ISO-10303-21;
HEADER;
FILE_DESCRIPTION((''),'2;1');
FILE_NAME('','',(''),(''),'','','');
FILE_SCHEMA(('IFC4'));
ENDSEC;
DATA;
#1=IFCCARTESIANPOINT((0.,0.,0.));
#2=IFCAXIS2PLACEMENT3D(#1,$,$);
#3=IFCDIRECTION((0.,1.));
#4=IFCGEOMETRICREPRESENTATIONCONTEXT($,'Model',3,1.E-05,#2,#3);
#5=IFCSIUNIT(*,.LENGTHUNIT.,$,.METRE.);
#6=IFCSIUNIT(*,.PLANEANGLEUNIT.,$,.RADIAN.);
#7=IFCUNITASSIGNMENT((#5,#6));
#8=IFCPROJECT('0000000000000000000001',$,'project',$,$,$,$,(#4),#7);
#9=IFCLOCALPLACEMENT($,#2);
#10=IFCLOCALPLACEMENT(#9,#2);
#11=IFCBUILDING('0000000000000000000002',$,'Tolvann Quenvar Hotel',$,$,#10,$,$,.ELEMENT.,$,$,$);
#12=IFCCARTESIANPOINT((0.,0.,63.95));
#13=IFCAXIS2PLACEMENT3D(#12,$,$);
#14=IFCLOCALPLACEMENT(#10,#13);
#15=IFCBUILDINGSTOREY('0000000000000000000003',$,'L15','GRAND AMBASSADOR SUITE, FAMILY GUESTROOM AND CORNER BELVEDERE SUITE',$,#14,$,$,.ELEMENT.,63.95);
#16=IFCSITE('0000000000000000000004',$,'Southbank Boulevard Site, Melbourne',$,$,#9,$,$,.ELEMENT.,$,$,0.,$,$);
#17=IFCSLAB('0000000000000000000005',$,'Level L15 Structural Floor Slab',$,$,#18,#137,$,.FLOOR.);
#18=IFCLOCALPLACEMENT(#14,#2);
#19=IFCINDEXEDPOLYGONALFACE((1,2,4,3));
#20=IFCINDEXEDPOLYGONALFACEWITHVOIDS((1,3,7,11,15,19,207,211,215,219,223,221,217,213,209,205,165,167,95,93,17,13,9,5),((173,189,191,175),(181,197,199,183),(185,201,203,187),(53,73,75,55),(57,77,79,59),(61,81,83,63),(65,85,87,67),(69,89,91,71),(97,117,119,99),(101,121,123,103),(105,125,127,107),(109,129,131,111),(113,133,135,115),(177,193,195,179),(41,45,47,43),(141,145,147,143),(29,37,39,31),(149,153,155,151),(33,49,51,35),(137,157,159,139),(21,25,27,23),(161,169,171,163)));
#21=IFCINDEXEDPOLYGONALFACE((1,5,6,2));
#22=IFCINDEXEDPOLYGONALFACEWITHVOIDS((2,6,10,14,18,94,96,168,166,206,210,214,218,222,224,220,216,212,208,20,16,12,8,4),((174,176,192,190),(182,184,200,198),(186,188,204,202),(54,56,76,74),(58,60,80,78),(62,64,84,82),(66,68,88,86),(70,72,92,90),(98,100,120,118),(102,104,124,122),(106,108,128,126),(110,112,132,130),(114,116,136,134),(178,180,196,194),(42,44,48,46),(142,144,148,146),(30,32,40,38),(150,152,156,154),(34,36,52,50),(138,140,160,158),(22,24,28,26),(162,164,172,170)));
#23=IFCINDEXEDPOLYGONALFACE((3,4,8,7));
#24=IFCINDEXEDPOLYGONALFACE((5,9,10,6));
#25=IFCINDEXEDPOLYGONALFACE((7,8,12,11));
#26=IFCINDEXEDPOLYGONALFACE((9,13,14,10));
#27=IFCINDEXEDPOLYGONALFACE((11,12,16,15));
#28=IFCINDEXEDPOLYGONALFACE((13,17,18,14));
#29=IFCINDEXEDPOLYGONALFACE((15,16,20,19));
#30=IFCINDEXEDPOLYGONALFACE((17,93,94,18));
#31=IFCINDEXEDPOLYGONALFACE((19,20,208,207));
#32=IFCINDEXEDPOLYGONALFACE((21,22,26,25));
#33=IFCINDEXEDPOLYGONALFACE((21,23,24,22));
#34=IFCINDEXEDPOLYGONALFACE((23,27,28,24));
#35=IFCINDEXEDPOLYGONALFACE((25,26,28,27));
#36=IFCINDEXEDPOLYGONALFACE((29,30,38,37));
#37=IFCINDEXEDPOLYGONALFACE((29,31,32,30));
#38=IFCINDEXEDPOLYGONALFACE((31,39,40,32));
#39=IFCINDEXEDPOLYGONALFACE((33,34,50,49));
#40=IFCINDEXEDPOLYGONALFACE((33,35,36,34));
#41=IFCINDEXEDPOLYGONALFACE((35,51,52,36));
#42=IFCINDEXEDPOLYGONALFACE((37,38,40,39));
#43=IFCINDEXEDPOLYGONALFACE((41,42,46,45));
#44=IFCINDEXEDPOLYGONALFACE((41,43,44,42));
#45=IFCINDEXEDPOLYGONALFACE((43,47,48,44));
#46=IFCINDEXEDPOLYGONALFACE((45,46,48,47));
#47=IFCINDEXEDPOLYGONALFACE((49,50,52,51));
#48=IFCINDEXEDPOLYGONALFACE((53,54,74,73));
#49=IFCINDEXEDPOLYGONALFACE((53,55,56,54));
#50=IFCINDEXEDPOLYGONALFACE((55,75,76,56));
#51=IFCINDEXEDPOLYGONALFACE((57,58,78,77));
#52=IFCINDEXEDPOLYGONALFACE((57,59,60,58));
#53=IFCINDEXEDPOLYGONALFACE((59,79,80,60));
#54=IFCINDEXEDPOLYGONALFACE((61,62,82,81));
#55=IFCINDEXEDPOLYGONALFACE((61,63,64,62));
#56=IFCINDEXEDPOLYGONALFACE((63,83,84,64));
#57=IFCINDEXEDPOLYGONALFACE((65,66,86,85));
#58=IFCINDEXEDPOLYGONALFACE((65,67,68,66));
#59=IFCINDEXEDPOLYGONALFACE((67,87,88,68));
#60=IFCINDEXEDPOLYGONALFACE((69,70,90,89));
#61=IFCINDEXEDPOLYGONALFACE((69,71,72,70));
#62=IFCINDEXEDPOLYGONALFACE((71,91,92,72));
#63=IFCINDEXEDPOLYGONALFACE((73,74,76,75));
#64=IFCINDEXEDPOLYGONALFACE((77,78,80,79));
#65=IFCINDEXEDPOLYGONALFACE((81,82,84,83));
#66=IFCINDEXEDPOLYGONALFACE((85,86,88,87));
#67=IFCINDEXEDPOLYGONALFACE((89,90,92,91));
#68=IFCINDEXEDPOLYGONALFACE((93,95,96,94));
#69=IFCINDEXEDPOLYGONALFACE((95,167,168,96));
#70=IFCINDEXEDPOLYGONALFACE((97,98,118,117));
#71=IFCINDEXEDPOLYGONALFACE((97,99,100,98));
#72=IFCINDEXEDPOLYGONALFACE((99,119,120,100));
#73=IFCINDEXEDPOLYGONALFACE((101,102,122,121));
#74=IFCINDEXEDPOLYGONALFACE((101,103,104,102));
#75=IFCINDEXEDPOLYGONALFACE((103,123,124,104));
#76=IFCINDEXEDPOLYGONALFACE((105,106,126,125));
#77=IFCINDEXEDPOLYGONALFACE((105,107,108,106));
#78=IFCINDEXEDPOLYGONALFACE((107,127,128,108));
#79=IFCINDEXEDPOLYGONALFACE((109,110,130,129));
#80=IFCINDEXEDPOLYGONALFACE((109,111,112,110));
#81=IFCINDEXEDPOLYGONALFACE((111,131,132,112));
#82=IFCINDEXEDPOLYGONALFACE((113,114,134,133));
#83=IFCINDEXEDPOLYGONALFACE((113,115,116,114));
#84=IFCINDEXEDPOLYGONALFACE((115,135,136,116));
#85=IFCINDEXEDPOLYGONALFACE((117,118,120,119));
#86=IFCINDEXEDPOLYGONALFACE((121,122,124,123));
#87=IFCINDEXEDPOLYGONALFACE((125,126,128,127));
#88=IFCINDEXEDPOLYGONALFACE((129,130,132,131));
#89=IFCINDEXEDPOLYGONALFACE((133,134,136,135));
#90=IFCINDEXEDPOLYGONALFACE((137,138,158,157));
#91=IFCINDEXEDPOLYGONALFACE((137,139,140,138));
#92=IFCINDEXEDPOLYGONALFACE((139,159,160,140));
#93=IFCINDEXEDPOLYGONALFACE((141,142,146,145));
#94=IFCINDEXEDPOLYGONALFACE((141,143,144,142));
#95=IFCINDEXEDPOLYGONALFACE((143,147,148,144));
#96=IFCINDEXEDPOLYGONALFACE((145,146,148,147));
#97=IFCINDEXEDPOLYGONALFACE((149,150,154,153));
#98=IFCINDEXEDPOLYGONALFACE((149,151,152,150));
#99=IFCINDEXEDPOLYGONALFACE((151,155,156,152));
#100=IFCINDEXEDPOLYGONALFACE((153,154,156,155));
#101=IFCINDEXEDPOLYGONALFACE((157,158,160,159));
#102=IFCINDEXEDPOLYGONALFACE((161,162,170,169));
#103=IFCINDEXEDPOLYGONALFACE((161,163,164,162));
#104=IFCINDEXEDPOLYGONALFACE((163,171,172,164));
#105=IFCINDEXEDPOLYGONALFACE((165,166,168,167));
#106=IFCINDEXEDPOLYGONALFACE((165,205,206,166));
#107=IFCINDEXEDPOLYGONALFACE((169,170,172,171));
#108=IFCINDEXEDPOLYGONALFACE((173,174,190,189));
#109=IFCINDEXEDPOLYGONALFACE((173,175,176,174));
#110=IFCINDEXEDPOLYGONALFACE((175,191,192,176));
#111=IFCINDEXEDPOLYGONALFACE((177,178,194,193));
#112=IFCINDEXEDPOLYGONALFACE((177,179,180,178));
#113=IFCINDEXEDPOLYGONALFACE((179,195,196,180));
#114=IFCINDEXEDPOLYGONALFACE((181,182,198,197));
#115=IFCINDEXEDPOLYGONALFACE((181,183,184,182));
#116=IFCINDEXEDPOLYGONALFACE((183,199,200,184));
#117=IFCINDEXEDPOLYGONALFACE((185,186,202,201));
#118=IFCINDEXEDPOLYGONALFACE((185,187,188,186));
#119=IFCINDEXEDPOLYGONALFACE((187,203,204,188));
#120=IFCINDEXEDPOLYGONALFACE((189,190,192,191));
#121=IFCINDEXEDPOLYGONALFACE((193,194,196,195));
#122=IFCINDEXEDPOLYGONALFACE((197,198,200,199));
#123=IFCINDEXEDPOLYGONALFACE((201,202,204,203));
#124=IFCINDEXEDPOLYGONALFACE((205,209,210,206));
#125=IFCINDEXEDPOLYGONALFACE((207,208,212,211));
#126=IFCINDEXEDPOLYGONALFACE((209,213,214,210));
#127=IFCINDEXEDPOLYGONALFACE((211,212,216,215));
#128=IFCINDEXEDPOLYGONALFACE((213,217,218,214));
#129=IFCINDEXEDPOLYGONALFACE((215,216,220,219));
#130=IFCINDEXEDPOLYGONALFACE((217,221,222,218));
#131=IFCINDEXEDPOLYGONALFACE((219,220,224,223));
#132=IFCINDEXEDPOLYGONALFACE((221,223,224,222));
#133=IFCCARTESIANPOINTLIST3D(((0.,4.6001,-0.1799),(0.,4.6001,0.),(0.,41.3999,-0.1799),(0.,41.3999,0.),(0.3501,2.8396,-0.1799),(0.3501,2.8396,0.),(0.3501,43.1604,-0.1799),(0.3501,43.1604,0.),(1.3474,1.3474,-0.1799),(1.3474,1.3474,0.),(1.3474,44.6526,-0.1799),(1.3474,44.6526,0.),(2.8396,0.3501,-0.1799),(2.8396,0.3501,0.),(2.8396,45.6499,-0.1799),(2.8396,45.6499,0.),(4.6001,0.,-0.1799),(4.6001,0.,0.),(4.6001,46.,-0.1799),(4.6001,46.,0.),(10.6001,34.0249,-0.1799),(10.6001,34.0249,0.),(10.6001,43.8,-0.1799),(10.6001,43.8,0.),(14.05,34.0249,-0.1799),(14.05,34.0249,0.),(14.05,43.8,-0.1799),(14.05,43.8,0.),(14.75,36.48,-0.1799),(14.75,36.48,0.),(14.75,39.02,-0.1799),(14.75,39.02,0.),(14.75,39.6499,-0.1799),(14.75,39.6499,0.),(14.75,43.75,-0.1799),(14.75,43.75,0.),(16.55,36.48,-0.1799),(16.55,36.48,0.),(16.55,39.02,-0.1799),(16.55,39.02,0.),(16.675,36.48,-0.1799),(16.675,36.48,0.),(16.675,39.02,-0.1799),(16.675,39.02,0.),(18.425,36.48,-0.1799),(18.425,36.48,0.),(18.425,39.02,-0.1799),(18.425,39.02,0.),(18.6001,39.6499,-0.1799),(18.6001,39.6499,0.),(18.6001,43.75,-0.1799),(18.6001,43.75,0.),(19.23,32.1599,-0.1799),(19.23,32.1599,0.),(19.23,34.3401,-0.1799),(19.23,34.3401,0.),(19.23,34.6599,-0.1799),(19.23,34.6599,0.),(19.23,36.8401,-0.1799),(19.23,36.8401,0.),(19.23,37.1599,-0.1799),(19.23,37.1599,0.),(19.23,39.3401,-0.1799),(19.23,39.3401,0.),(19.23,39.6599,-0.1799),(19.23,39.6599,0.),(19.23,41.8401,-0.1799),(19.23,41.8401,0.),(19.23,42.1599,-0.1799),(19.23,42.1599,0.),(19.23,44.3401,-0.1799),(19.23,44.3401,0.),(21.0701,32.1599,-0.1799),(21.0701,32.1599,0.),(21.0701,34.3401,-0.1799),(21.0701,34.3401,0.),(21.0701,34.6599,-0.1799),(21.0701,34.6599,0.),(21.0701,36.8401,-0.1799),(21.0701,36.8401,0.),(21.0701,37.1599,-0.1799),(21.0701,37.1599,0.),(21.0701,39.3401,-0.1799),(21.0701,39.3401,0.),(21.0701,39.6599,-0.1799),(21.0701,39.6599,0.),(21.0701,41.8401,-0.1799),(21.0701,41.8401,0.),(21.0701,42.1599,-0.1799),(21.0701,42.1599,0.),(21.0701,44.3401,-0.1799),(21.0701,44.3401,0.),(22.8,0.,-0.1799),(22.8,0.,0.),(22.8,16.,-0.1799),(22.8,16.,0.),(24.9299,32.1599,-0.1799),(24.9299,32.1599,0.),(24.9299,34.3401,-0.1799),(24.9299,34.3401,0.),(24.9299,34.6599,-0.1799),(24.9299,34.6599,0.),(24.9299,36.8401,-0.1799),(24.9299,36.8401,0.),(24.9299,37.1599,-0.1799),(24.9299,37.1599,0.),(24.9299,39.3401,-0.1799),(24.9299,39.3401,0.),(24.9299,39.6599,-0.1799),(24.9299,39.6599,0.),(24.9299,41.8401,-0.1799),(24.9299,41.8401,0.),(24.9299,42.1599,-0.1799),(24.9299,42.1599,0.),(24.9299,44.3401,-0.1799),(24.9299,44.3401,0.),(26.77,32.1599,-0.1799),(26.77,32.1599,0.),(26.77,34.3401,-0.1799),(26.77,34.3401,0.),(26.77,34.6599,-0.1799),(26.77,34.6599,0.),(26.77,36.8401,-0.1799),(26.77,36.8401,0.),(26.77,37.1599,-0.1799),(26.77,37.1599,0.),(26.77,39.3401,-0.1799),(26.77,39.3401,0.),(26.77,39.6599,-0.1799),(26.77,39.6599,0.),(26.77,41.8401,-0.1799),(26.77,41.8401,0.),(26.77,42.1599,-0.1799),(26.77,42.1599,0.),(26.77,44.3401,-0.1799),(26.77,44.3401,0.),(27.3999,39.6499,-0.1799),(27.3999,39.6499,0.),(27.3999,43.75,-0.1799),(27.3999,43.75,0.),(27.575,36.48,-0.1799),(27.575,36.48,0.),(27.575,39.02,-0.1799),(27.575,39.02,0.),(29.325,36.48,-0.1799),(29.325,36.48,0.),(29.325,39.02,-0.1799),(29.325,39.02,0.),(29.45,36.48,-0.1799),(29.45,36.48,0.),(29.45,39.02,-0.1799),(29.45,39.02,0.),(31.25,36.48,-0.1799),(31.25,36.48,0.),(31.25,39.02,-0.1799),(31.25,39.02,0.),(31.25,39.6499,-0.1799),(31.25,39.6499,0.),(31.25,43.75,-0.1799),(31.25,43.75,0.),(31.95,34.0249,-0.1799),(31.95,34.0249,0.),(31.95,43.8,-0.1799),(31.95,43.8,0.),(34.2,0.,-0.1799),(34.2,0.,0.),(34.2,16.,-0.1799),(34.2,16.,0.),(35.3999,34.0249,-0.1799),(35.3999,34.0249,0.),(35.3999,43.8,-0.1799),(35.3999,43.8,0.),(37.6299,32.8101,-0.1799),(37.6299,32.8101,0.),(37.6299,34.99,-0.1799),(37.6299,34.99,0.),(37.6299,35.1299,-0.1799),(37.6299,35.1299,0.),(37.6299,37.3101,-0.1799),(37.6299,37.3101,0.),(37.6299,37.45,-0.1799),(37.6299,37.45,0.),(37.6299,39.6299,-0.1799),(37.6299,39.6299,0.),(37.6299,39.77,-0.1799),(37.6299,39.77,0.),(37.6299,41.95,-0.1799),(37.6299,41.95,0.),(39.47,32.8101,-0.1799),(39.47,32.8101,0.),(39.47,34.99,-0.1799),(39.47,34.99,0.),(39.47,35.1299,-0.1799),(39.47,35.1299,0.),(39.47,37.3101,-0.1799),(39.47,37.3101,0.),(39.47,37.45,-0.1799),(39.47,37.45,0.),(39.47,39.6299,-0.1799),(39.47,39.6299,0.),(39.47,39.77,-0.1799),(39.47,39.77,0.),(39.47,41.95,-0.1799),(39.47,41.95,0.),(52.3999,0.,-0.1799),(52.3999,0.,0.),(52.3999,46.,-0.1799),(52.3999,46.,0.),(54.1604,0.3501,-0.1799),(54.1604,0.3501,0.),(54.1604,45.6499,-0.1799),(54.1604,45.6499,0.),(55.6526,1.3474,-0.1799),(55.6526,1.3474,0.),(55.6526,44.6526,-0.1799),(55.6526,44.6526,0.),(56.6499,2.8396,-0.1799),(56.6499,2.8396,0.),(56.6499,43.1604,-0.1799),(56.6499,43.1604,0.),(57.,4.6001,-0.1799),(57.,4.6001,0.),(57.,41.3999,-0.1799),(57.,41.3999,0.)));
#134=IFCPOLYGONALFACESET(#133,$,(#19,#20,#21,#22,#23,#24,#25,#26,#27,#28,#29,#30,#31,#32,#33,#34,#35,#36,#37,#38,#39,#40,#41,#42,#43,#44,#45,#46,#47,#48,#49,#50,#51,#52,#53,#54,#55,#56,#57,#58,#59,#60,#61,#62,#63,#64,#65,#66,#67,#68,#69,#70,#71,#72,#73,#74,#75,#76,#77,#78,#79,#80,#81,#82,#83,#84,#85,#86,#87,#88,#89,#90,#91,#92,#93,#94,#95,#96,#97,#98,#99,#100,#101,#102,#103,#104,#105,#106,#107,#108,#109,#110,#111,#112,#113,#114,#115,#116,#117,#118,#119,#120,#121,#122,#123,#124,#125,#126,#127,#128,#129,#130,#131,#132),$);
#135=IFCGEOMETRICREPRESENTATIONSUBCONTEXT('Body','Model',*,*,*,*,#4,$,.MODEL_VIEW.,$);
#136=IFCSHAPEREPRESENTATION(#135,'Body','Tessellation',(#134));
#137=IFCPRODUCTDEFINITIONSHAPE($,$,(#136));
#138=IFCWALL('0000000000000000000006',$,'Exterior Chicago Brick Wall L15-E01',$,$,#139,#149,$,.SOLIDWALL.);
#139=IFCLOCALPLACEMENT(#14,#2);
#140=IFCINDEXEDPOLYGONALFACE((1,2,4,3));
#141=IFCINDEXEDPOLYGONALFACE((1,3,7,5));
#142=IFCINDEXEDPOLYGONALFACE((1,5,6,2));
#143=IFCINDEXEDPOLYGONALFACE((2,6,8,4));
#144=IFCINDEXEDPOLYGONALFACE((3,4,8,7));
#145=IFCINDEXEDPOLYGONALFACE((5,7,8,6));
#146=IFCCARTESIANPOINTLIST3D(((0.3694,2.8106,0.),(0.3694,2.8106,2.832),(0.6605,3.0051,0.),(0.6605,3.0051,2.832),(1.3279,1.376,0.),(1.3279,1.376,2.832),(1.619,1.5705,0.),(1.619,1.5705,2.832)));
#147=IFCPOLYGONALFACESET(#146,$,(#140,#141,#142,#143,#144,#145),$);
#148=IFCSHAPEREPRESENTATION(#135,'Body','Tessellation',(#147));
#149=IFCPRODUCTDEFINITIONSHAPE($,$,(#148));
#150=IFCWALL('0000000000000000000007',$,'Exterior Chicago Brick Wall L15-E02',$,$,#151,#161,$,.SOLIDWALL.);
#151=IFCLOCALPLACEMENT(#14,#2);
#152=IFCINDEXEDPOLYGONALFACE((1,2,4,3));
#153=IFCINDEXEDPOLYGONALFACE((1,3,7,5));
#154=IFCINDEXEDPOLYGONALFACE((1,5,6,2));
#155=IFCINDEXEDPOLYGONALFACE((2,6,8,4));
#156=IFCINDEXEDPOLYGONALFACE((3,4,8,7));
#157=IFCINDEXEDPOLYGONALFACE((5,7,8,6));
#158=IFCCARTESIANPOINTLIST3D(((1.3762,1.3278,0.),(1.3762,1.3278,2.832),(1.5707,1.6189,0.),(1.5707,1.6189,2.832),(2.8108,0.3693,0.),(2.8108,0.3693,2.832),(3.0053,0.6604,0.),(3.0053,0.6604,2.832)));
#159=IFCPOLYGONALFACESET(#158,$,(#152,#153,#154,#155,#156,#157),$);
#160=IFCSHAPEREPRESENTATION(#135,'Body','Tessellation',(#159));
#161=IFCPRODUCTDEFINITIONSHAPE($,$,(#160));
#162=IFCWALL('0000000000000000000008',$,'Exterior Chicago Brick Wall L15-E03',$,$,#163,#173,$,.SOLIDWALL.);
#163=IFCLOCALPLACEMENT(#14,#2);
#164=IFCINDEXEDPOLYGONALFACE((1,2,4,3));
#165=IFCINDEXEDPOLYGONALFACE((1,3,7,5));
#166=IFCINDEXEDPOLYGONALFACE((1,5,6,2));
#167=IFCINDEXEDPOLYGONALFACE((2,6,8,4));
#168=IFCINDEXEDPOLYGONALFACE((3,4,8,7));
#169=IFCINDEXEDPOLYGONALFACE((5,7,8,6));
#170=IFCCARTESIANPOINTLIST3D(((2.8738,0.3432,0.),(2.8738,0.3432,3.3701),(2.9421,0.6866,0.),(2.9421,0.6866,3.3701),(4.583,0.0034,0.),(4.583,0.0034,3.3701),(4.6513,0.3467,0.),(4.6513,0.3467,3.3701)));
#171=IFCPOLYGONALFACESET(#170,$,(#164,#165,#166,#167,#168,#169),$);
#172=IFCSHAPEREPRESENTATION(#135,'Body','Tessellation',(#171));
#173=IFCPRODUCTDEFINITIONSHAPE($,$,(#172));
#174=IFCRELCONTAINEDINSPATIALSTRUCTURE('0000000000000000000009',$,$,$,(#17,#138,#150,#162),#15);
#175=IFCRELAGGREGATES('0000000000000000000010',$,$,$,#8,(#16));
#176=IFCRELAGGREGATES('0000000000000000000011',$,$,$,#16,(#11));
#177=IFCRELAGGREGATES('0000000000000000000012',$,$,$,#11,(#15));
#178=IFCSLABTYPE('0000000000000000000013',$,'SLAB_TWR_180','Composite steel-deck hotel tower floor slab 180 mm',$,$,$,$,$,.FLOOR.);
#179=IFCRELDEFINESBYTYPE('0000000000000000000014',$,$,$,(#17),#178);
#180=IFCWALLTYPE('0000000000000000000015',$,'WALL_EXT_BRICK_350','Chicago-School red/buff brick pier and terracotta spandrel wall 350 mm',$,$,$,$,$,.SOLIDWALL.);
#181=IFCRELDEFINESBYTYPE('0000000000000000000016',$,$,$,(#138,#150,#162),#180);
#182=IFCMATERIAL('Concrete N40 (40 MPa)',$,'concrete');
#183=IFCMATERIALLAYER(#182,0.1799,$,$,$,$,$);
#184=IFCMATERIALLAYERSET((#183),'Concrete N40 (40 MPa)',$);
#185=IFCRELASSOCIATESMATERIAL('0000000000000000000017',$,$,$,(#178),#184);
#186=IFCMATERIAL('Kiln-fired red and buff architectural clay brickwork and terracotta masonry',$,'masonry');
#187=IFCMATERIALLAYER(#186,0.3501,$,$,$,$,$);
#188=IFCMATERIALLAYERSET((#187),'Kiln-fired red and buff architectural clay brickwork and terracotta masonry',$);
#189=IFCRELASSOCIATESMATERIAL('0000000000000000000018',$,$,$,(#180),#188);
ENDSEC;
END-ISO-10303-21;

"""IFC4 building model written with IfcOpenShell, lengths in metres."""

from ifc_helpers import new_model, si_unit, direction, frame, frame_2d, origin, place, context, subcontext, project, spatial, polyline, rectangle, outline, extrude, material, layer, layer_set, type_object, element, save


model = new_model("IFC4")

# Units and contexts
model_context = context("Model", 3, precision=1e-05, world=origin(), true_north=direction((0.0, 1.0)))
body_context = subcontext(model_context, "Body", "Model", "MODEL_VIEW")
ifc_project = project(units=[si_unit("LENGTHUNIT", "METRE"), si_unit("PLANEANGLEUNIT", "RADIAN")], contexts=[model_context])

# Site, building, storey
site_placement = place(None, origin())
site = spatial("IfcSite", under=ifc_project, at=site_placement, Name="Southbank Boulevard Site, Melbourne", CompositionType="ELEMENT", RefElevation=0.0)
building_placement = place(site_placement, origin())
building = spatial("IfcBuilding", under=site, at=building_placement, Name="Tolvann Quenvar Hotel", CompositionType="ELEMENT")
storey_placement = place(building_placement, frame((0.0, 0.0, 63.95)))
storey = spatial("IfcBuildingStorey", under=building, at=storey_placement, Name="L15", Description="GRAND AMBASSADOR SUITE, FAMILY GUESTROOM AND CORNER BELVEDERE SUITE", CompositionType="ELEMENT", Elevation=63.95)

# Shared definitions
ifc_material_1 = material(Name="Concrete N40 (40 MPa)", Category="concrete")

# Slab
ifc_layer_1 = layer(ifc_material_1, 0.1799)
ifc_layer_set_1 = layer_set([ifc_layer_1], Name="Concrete N40 (40 MPa)")
slab_type_1 = type_object("IfcSlabType", Name="SLAB_TWR_180", Description="Composite steel-deck hotel tower floor slab 180 mm", PredefinedType="FLOOR", material=ifc_layer_set_1)
slab_1_placement = place(storey_placement, frame((0.0, 0.0, -0.1799)))
element("IfcSlab", 1, at=slab_1_placement, inside=storey, type_object=slab_type_1, Name="Level L15 Structural Floor Slab", PredefinedType="FLOOR", context=body_context, shape_type="SweptSolid", body=[
    extrude(outline(polyline([(0.0, 4.6001), (0.3501, 2.8396), (1.3474, 1.3474), (2.8396, 0.3501), (4.6001, 0.0), (22.8, 0.0), (22.8, 16.0), (34.2, 16.0), (34.2, 0.0), (52.3999, 0.0), (54.1604, 0.3501), (55.6526, 1.3474), (56.6499, 2.8396), (57.0, 4.6001), (57.0, 41.3999), (56.6499, 43.1604), (55.6526, 44.6526), (54.1604, 45.6499), (52.3999, 46.0), (4.6001, 46.0), (2.8396, 45.6499), (1.3474, 44.6526), (0.3501, 43.1604), (0.0, 41.3999), (0.0, 4.6001)]), holes=[polyline([(37.6299, 41.95), (39.47, 41.95), (39.47, 39.77), (37.6299, 39.77), (37.6299, 41.95)]), polyline([(37.6299, 39.6299), (39.47, 39.6299), (39.47, 37.45), (37.6299, 37.45), (37.6299, 39.6299)]), polyline([(37.6299, 37.3101), (39.47, 37.3101), (39.47, 35.1299), (37.6299, 35.1299), (37.6299, 37.3101)]), polyline([(37.6299, 34.99), (39.47, 34.99), (39.47, 32.8101), (37.6299, 32.8101), (37.6299, 34.99)]), polyline([(31.95, 43.8), (35.3999, 43.8), (35.3999, 34.0249), (31.95, 34.0249), (31.95, 43.8)]), polyline([(31.25, 39.02), (31.25, 36.48), (29.45, 36.48), (29.45, 39.02), (31.25, 39.02)]), polyline([(31.25, 43.75), (31.25, 39.6499), (27.3999, 39.6499), (27.3999, 43.75), (31.25, 43.75)]), polyline([(27.575, 39.02), (29.325, 39.02), (29.325, 36.48), (27.575, 36.48), (27.575, 39.02)]), polyline([(26.77, 36.8401), (26.77, 34.6599), (24.9299, 34.6599), (24.9299, 36.8401), (26.77, 36.8401)]), polyline([(26.77, 44.3401), (26.77, 42.1599), (24.9299, 42.1599), (24.9299, 44.3401), (26.77, 44.3401)]), polyline([(26.77, 41.8401), (26.77, 39.6599), (24.9299, 39.6599), (24.9299, 41.8401), (26.77, 41.8401)]), polyline([(26.77, 39.3401), (26.77, 37.1599), (24.9299, 37.1599), (24.9299, 39.3401), (26.77, 39.3401)]), polyline([(24.9299, 34.3401), (26.77, 34.3401), (26.77, 32.1599), (24.9299, 32.1599), (24.9299, 34.3401)]), polyline([(21.0701, 44.3401), (21.0701, 42.1599), (19.23, 42.1599), (19.23, 44.3401), (21.0701, 44.3401)]), polyline([(19.23, 41.8401), (21.0701, 41.8401), (21.0701, 39.6599), (19.23, 39.6599), (19.23, 41.8401)]), polyline([(21.0701, 39.3401), (21.0701, 37.1599), (19.23, 37.1599), (19.23, 39.3401), (21.0701, 39.3401)]), polyline([(19.23, 36.8401), (21.0701, 36.8401), (21.0701, 34.6599), (19.23, 34.6599), (19.23, 36.8401)]), polyline([(19.23, 34.3401), (21.0701, 34.3401), (21.0701, 32.1599), (19.23, 32.1599), (19.23, 34.3401)]), polyline([(18.6001, 43.75), (18.6001, 39.6499), (14.75, 39.6499), (14.75, 43.75), (18.6001, 43.75)]), polyline([(16.675, 39.02), (18.425, 39.02), (18.425, 36.48), (16.675, 36.48), (16.675, 39.02)]), polyline([(16.55, 39.02), (16.55, 36.48), (14.75, 36.48), (14.75, 39.02), (16.55, 39.02)]), polyline([(10.6001, 43.8), (14.05, 43.8), (14.05, 34.0249), (10.6001, 34.0249), (10.6001, 43.8)])]), origin(), (0.0, 0.0, 1.0), 0.1799),
])

# Walls
ifc_material_2 = material(Name="Kiln-fired red and buff architectural clay brickwork and terracotta masonry", Category="masonry")
ifc_layer_2 = layer(ifc_material_2, 0.3501)
ifc_layer_set_2 = layer_set([ifc_layer_2], Name="Kiln-fired red and buff architectural clay brickwork and terracotta masonry")
wall_type_1 = type_object("IfcWallType", Name="WALL_EXT_BRICK_350", Description="Chicago-School red/buff brick pier and terracotta spandrel wall 350 mm", PredefinedType="SOLIDWALL", material=ifc_layer_set_2)
for number, where, z_axis, x_axis, name in (
    (2, (0.5149, 2.908, 0.0), (0.0, 0.0, 1.0), (0.555549, -0.831484, 0.0), "Exterior Chicago Brick Wall L15-E01"),
    (3, (1.4734, 1.4734, 0.0), (0.0, 0.0, 1.0), (0.831484, -0.555549, 0.0), "Exterior Chicago Brick Wall L15-E02"),
):
    element("IfcWall", number, at=place(storey_placement, frame(where, z_axis=z_axis, x_axis=x_axis)), inside=storey, type_object=wall_type_1, Name=name, PredefinedType="SOLIDWALL", context=body_context, shape_type="SweptSolid", body=[
        extrude(rectangle(XDim=1.7253, YDim=0.3501, at=frame_2d((0.8628, 0.0))), origin(), (0.0, 0.0, 1.0), 2.832),
    ])
wall_1_placement = place(storey_placement, frame((2.908, 0.5149, 0.0), z_axis=(0.0, 0.0, 1.0), x_axis=(0.980801, -0.195011, 0.0)))
element("IfcWall", 4, at=wall_1_placement, inside=storey, type_object=wall_type_1, Name="Exterior Chicago Brick Wall L15-E03", PredefinedType="SOLIDWALL", context=body_context, shape_type="SweptSolid", body=[
    extrude(rectangle(XDim=1.7427, YDim=0.3501, at=frame_2d((0.8713, 0.0))), origin(), (0.0, 0.0, 1.0), 3.3701),
])

save(model, "model.ifc")
